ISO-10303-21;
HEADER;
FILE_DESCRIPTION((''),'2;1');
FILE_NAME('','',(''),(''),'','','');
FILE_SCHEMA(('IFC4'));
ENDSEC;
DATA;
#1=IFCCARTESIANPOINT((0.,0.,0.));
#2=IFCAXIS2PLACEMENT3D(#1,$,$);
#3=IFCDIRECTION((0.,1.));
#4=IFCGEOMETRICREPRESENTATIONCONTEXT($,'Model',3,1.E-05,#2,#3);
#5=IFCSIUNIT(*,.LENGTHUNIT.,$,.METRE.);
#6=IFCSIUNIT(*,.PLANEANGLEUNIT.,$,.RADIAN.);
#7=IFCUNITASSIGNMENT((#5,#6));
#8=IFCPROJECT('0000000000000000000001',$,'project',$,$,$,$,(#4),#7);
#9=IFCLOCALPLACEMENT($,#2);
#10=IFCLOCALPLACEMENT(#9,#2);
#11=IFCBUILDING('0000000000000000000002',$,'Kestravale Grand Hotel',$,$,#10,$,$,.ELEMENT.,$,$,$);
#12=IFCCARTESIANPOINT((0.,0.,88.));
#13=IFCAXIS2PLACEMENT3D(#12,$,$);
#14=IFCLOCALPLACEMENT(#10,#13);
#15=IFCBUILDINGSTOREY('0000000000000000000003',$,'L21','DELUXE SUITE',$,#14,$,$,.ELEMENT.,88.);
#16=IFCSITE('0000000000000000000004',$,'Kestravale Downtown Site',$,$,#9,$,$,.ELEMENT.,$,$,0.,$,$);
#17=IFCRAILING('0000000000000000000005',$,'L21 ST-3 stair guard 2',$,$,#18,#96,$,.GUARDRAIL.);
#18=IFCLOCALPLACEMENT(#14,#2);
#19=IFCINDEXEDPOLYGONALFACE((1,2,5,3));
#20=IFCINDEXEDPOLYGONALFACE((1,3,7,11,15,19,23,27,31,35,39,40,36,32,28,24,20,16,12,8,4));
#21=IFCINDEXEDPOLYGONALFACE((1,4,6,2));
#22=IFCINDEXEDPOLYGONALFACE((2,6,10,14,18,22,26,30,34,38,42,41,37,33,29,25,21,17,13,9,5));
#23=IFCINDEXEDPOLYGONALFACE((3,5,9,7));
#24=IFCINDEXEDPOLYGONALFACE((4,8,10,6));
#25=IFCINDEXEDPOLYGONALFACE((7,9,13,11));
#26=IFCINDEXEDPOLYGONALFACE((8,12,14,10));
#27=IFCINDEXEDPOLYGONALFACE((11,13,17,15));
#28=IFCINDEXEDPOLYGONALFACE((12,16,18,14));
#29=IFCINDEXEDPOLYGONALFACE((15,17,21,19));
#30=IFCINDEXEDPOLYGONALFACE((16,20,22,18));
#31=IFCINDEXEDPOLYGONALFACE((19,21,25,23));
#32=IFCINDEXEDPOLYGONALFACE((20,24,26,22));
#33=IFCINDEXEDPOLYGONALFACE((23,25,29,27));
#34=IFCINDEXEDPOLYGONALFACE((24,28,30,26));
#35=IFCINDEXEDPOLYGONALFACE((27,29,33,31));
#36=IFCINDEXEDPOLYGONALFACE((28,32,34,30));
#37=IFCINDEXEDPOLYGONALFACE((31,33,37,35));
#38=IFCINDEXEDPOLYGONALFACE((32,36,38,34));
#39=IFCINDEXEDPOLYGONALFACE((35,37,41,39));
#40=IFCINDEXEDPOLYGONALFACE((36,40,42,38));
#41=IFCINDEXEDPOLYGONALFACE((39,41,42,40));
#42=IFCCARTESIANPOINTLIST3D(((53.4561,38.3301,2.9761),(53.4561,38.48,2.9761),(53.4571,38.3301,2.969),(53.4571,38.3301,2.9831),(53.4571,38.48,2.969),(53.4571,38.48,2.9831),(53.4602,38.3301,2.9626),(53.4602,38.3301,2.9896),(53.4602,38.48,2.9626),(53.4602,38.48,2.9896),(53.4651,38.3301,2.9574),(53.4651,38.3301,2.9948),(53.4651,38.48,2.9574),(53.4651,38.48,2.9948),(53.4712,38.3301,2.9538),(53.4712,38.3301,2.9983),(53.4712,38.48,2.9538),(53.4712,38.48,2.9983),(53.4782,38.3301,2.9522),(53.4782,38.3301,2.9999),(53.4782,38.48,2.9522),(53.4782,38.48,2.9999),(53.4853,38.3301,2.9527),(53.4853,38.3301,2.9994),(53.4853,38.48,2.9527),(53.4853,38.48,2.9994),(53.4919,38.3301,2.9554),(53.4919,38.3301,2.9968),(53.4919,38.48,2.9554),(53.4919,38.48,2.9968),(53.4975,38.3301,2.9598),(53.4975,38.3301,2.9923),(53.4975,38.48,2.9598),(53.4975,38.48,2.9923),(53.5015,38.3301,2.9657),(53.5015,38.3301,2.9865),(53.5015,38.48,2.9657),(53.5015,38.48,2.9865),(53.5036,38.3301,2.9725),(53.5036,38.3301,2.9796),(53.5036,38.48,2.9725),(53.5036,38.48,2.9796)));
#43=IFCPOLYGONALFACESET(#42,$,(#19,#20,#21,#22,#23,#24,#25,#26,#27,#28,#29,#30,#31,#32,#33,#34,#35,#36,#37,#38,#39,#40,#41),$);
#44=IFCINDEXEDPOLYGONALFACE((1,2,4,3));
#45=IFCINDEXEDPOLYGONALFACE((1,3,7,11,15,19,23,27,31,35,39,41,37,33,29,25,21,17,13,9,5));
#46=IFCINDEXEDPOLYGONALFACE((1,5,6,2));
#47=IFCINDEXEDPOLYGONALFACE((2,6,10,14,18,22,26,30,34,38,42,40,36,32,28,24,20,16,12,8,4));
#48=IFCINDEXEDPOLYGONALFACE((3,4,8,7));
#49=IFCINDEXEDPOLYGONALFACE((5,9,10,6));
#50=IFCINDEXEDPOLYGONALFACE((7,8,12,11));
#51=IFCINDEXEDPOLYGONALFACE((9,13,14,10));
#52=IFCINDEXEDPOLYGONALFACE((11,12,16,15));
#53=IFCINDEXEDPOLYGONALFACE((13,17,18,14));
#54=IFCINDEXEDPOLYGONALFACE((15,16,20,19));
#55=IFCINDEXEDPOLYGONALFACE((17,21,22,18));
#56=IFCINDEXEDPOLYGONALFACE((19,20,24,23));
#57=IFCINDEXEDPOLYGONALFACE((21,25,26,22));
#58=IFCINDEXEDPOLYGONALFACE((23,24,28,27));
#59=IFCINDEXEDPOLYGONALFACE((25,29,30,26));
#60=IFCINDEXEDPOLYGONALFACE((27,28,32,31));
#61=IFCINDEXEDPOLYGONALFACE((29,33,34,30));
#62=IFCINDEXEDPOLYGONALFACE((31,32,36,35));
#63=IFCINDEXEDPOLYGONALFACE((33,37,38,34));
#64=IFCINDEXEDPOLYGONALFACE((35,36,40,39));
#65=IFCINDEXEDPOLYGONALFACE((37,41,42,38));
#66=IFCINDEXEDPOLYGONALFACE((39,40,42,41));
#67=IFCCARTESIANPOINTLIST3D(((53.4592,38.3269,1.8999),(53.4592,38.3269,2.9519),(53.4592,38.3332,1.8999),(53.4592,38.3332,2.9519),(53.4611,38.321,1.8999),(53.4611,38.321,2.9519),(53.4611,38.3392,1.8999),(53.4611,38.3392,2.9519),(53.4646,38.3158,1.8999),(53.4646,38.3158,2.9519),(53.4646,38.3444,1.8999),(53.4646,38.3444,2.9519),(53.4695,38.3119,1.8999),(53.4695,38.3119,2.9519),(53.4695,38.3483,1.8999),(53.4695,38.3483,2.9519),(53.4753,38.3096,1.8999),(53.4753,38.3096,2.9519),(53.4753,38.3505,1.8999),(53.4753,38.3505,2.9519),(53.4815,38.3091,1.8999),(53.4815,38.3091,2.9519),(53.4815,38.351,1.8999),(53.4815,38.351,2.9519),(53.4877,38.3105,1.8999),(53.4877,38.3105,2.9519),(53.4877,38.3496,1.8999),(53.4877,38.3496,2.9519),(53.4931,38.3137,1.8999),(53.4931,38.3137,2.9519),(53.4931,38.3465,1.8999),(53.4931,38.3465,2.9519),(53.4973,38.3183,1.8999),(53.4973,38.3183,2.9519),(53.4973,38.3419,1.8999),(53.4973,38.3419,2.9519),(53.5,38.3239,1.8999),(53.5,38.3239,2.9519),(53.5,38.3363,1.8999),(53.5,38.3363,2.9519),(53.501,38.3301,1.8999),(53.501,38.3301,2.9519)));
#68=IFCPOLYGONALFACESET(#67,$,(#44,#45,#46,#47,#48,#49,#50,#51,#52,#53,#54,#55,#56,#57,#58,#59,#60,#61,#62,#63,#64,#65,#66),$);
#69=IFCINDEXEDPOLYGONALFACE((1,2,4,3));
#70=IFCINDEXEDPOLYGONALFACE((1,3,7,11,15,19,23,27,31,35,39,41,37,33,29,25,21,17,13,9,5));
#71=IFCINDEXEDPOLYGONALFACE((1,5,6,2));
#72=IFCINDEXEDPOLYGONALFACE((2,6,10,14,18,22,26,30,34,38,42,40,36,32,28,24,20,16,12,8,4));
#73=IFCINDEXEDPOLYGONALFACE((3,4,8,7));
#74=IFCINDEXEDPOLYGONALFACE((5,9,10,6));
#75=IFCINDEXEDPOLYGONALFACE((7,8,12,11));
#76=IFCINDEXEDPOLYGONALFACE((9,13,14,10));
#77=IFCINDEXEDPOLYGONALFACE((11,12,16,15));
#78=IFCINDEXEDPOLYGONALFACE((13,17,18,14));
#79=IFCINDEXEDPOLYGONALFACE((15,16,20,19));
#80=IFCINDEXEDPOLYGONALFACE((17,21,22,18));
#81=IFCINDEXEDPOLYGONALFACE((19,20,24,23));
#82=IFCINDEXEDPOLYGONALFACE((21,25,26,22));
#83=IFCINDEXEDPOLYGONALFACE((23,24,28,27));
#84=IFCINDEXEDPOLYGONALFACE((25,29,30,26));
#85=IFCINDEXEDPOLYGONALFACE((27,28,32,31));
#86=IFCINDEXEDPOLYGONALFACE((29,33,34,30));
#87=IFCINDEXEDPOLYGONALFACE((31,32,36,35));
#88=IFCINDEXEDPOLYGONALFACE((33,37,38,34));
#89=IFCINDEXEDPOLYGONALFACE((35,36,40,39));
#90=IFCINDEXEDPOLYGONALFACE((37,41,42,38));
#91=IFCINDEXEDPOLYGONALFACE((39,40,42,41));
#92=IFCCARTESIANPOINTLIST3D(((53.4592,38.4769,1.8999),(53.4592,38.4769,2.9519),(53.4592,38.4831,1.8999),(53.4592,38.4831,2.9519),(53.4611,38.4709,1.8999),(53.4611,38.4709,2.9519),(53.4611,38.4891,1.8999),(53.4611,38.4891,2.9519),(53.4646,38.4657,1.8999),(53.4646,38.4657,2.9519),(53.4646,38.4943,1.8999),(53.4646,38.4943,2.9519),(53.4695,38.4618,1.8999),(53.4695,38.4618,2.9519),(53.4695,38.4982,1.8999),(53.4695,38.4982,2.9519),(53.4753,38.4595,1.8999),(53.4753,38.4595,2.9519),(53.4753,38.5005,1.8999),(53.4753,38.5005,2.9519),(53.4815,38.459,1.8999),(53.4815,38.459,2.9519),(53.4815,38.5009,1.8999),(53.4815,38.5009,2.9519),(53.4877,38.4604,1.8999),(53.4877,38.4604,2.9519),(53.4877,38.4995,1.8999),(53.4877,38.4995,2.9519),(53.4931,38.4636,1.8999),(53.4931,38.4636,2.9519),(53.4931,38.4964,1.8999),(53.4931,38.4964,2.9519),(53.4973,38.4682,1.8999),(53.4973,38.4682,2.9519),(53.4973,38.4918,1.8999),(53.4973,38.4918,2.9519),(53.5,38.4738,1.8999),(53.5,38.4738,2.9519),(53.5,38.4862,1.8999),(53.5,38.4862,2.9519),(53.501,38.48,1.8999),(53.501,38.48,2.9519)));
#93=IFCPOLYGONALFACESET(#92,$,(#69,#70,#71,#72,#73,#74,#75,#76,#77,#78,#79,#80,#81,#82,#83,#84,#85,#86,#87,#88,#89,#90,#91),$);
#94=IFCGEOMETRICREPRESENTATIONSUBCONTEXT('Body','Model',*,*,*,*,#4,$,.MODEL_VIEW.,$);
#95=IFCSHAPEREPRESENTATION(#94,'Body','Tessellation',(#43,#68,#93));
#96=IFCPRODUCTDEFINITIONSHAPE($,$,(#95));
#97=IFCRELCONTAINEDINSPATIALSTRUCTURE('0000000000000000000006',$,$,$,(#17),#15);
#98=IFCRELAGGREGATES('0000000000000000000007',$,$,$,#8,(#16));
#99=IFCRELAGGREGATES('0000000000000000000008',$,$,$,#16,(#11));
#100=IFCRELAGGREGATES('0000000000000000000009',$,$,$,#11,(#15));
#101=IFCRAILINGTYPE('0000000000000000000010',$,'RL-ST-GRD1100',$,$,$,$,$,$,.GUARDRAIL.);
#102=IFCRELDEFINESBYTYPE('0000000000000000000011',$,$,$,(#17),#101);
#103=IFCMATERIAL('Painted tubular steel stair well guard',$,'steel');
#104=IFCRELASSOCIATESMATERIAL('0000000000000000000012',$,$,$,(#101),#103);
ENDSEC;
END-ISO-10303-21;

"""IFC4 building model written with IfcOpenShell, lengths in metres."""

from ifc_helpers import new_model, si_unit, direction, frame, origin, origin_2d, place, context, subcontext, project, spatial, circle, extrude, material, type_object, element, save


model = new_model("IFC4")

# Units and contexts
model_context = context("Model", 3, precision=1e-05, world=origin(), true_north=direction((0.0, 1.0)))
body_context = subcontext(model_context, "Body", "Model", "MODEL_VIEW")
ifc_project = project(units=[si_unit("LENGTHUNIT", "METRE"), si_unit("PLANEANGLEUNIT", "RADIAN")], contexts=[model_context])

# Site, building, storey
site_placement = place(None, origin())
site = spatial("IfcSite", under=ifc_project, at=site_placement, Name="Kestravale Downtown Site", CompositionType="ELEMENT", RefElevation=0.0)
building_placement = place(site_placement, origin())
building = spatial("IfcBuilding", under=site, at=building_placement, Name="Kestravale Grand Hotel", CompositionType="ELEMENT")
storey_placement = place(building_placement, frame((0.0, 0.0, 88.0)))
storey = spatial("IfcBuildingStorey", under=building, at=storey_placement, Name="L21", Description="DELUXE SUITE", CompositionType="ELEMENT", Elevation=88.0)

# Railing
ifc_material_1 = material(Name="Painted tubular steel stair well guard", Category="steel")
railing_type_1 = type_object("IfcRailingType", Name="RL-ST-GRD1100", PredefinedType="GUARDRAIL", material=ifc_material_1)
railing_1_placement = place(storey_placement, frame((53.48, 38.3301, 1.8999)))
element("IfcRailing", 1, at=railing_1_placement, inside=storey, type_object=railing_type_1, Name="L21 ST-3 stair guard 2", PredefinedType="GUARDRAIL", context=body_context, shape_type="SweptSolid", body=[
    extrude(circle(Radius=0.0239, at=origin_2d()), frame((0.0, 0.0, 1.0762), z_axis=(0.0, 1.0, 0.0), x_axis=(-1.0, 0.0, 0.0)), (0.0, 0.0, 1.0), 0.1499),
    extrude(circle(Radius=0.021, at=origin_2d()), origin(), (0.0, 0.0, 1.0), 1.052),
    extrude(circle(Radius=0.021, at=origin_2d()), frame((0.0, 0.1499, 0.0)), (0.0, 0.0, 1.0), 1.052),
])

save(model, "model.ifc")
